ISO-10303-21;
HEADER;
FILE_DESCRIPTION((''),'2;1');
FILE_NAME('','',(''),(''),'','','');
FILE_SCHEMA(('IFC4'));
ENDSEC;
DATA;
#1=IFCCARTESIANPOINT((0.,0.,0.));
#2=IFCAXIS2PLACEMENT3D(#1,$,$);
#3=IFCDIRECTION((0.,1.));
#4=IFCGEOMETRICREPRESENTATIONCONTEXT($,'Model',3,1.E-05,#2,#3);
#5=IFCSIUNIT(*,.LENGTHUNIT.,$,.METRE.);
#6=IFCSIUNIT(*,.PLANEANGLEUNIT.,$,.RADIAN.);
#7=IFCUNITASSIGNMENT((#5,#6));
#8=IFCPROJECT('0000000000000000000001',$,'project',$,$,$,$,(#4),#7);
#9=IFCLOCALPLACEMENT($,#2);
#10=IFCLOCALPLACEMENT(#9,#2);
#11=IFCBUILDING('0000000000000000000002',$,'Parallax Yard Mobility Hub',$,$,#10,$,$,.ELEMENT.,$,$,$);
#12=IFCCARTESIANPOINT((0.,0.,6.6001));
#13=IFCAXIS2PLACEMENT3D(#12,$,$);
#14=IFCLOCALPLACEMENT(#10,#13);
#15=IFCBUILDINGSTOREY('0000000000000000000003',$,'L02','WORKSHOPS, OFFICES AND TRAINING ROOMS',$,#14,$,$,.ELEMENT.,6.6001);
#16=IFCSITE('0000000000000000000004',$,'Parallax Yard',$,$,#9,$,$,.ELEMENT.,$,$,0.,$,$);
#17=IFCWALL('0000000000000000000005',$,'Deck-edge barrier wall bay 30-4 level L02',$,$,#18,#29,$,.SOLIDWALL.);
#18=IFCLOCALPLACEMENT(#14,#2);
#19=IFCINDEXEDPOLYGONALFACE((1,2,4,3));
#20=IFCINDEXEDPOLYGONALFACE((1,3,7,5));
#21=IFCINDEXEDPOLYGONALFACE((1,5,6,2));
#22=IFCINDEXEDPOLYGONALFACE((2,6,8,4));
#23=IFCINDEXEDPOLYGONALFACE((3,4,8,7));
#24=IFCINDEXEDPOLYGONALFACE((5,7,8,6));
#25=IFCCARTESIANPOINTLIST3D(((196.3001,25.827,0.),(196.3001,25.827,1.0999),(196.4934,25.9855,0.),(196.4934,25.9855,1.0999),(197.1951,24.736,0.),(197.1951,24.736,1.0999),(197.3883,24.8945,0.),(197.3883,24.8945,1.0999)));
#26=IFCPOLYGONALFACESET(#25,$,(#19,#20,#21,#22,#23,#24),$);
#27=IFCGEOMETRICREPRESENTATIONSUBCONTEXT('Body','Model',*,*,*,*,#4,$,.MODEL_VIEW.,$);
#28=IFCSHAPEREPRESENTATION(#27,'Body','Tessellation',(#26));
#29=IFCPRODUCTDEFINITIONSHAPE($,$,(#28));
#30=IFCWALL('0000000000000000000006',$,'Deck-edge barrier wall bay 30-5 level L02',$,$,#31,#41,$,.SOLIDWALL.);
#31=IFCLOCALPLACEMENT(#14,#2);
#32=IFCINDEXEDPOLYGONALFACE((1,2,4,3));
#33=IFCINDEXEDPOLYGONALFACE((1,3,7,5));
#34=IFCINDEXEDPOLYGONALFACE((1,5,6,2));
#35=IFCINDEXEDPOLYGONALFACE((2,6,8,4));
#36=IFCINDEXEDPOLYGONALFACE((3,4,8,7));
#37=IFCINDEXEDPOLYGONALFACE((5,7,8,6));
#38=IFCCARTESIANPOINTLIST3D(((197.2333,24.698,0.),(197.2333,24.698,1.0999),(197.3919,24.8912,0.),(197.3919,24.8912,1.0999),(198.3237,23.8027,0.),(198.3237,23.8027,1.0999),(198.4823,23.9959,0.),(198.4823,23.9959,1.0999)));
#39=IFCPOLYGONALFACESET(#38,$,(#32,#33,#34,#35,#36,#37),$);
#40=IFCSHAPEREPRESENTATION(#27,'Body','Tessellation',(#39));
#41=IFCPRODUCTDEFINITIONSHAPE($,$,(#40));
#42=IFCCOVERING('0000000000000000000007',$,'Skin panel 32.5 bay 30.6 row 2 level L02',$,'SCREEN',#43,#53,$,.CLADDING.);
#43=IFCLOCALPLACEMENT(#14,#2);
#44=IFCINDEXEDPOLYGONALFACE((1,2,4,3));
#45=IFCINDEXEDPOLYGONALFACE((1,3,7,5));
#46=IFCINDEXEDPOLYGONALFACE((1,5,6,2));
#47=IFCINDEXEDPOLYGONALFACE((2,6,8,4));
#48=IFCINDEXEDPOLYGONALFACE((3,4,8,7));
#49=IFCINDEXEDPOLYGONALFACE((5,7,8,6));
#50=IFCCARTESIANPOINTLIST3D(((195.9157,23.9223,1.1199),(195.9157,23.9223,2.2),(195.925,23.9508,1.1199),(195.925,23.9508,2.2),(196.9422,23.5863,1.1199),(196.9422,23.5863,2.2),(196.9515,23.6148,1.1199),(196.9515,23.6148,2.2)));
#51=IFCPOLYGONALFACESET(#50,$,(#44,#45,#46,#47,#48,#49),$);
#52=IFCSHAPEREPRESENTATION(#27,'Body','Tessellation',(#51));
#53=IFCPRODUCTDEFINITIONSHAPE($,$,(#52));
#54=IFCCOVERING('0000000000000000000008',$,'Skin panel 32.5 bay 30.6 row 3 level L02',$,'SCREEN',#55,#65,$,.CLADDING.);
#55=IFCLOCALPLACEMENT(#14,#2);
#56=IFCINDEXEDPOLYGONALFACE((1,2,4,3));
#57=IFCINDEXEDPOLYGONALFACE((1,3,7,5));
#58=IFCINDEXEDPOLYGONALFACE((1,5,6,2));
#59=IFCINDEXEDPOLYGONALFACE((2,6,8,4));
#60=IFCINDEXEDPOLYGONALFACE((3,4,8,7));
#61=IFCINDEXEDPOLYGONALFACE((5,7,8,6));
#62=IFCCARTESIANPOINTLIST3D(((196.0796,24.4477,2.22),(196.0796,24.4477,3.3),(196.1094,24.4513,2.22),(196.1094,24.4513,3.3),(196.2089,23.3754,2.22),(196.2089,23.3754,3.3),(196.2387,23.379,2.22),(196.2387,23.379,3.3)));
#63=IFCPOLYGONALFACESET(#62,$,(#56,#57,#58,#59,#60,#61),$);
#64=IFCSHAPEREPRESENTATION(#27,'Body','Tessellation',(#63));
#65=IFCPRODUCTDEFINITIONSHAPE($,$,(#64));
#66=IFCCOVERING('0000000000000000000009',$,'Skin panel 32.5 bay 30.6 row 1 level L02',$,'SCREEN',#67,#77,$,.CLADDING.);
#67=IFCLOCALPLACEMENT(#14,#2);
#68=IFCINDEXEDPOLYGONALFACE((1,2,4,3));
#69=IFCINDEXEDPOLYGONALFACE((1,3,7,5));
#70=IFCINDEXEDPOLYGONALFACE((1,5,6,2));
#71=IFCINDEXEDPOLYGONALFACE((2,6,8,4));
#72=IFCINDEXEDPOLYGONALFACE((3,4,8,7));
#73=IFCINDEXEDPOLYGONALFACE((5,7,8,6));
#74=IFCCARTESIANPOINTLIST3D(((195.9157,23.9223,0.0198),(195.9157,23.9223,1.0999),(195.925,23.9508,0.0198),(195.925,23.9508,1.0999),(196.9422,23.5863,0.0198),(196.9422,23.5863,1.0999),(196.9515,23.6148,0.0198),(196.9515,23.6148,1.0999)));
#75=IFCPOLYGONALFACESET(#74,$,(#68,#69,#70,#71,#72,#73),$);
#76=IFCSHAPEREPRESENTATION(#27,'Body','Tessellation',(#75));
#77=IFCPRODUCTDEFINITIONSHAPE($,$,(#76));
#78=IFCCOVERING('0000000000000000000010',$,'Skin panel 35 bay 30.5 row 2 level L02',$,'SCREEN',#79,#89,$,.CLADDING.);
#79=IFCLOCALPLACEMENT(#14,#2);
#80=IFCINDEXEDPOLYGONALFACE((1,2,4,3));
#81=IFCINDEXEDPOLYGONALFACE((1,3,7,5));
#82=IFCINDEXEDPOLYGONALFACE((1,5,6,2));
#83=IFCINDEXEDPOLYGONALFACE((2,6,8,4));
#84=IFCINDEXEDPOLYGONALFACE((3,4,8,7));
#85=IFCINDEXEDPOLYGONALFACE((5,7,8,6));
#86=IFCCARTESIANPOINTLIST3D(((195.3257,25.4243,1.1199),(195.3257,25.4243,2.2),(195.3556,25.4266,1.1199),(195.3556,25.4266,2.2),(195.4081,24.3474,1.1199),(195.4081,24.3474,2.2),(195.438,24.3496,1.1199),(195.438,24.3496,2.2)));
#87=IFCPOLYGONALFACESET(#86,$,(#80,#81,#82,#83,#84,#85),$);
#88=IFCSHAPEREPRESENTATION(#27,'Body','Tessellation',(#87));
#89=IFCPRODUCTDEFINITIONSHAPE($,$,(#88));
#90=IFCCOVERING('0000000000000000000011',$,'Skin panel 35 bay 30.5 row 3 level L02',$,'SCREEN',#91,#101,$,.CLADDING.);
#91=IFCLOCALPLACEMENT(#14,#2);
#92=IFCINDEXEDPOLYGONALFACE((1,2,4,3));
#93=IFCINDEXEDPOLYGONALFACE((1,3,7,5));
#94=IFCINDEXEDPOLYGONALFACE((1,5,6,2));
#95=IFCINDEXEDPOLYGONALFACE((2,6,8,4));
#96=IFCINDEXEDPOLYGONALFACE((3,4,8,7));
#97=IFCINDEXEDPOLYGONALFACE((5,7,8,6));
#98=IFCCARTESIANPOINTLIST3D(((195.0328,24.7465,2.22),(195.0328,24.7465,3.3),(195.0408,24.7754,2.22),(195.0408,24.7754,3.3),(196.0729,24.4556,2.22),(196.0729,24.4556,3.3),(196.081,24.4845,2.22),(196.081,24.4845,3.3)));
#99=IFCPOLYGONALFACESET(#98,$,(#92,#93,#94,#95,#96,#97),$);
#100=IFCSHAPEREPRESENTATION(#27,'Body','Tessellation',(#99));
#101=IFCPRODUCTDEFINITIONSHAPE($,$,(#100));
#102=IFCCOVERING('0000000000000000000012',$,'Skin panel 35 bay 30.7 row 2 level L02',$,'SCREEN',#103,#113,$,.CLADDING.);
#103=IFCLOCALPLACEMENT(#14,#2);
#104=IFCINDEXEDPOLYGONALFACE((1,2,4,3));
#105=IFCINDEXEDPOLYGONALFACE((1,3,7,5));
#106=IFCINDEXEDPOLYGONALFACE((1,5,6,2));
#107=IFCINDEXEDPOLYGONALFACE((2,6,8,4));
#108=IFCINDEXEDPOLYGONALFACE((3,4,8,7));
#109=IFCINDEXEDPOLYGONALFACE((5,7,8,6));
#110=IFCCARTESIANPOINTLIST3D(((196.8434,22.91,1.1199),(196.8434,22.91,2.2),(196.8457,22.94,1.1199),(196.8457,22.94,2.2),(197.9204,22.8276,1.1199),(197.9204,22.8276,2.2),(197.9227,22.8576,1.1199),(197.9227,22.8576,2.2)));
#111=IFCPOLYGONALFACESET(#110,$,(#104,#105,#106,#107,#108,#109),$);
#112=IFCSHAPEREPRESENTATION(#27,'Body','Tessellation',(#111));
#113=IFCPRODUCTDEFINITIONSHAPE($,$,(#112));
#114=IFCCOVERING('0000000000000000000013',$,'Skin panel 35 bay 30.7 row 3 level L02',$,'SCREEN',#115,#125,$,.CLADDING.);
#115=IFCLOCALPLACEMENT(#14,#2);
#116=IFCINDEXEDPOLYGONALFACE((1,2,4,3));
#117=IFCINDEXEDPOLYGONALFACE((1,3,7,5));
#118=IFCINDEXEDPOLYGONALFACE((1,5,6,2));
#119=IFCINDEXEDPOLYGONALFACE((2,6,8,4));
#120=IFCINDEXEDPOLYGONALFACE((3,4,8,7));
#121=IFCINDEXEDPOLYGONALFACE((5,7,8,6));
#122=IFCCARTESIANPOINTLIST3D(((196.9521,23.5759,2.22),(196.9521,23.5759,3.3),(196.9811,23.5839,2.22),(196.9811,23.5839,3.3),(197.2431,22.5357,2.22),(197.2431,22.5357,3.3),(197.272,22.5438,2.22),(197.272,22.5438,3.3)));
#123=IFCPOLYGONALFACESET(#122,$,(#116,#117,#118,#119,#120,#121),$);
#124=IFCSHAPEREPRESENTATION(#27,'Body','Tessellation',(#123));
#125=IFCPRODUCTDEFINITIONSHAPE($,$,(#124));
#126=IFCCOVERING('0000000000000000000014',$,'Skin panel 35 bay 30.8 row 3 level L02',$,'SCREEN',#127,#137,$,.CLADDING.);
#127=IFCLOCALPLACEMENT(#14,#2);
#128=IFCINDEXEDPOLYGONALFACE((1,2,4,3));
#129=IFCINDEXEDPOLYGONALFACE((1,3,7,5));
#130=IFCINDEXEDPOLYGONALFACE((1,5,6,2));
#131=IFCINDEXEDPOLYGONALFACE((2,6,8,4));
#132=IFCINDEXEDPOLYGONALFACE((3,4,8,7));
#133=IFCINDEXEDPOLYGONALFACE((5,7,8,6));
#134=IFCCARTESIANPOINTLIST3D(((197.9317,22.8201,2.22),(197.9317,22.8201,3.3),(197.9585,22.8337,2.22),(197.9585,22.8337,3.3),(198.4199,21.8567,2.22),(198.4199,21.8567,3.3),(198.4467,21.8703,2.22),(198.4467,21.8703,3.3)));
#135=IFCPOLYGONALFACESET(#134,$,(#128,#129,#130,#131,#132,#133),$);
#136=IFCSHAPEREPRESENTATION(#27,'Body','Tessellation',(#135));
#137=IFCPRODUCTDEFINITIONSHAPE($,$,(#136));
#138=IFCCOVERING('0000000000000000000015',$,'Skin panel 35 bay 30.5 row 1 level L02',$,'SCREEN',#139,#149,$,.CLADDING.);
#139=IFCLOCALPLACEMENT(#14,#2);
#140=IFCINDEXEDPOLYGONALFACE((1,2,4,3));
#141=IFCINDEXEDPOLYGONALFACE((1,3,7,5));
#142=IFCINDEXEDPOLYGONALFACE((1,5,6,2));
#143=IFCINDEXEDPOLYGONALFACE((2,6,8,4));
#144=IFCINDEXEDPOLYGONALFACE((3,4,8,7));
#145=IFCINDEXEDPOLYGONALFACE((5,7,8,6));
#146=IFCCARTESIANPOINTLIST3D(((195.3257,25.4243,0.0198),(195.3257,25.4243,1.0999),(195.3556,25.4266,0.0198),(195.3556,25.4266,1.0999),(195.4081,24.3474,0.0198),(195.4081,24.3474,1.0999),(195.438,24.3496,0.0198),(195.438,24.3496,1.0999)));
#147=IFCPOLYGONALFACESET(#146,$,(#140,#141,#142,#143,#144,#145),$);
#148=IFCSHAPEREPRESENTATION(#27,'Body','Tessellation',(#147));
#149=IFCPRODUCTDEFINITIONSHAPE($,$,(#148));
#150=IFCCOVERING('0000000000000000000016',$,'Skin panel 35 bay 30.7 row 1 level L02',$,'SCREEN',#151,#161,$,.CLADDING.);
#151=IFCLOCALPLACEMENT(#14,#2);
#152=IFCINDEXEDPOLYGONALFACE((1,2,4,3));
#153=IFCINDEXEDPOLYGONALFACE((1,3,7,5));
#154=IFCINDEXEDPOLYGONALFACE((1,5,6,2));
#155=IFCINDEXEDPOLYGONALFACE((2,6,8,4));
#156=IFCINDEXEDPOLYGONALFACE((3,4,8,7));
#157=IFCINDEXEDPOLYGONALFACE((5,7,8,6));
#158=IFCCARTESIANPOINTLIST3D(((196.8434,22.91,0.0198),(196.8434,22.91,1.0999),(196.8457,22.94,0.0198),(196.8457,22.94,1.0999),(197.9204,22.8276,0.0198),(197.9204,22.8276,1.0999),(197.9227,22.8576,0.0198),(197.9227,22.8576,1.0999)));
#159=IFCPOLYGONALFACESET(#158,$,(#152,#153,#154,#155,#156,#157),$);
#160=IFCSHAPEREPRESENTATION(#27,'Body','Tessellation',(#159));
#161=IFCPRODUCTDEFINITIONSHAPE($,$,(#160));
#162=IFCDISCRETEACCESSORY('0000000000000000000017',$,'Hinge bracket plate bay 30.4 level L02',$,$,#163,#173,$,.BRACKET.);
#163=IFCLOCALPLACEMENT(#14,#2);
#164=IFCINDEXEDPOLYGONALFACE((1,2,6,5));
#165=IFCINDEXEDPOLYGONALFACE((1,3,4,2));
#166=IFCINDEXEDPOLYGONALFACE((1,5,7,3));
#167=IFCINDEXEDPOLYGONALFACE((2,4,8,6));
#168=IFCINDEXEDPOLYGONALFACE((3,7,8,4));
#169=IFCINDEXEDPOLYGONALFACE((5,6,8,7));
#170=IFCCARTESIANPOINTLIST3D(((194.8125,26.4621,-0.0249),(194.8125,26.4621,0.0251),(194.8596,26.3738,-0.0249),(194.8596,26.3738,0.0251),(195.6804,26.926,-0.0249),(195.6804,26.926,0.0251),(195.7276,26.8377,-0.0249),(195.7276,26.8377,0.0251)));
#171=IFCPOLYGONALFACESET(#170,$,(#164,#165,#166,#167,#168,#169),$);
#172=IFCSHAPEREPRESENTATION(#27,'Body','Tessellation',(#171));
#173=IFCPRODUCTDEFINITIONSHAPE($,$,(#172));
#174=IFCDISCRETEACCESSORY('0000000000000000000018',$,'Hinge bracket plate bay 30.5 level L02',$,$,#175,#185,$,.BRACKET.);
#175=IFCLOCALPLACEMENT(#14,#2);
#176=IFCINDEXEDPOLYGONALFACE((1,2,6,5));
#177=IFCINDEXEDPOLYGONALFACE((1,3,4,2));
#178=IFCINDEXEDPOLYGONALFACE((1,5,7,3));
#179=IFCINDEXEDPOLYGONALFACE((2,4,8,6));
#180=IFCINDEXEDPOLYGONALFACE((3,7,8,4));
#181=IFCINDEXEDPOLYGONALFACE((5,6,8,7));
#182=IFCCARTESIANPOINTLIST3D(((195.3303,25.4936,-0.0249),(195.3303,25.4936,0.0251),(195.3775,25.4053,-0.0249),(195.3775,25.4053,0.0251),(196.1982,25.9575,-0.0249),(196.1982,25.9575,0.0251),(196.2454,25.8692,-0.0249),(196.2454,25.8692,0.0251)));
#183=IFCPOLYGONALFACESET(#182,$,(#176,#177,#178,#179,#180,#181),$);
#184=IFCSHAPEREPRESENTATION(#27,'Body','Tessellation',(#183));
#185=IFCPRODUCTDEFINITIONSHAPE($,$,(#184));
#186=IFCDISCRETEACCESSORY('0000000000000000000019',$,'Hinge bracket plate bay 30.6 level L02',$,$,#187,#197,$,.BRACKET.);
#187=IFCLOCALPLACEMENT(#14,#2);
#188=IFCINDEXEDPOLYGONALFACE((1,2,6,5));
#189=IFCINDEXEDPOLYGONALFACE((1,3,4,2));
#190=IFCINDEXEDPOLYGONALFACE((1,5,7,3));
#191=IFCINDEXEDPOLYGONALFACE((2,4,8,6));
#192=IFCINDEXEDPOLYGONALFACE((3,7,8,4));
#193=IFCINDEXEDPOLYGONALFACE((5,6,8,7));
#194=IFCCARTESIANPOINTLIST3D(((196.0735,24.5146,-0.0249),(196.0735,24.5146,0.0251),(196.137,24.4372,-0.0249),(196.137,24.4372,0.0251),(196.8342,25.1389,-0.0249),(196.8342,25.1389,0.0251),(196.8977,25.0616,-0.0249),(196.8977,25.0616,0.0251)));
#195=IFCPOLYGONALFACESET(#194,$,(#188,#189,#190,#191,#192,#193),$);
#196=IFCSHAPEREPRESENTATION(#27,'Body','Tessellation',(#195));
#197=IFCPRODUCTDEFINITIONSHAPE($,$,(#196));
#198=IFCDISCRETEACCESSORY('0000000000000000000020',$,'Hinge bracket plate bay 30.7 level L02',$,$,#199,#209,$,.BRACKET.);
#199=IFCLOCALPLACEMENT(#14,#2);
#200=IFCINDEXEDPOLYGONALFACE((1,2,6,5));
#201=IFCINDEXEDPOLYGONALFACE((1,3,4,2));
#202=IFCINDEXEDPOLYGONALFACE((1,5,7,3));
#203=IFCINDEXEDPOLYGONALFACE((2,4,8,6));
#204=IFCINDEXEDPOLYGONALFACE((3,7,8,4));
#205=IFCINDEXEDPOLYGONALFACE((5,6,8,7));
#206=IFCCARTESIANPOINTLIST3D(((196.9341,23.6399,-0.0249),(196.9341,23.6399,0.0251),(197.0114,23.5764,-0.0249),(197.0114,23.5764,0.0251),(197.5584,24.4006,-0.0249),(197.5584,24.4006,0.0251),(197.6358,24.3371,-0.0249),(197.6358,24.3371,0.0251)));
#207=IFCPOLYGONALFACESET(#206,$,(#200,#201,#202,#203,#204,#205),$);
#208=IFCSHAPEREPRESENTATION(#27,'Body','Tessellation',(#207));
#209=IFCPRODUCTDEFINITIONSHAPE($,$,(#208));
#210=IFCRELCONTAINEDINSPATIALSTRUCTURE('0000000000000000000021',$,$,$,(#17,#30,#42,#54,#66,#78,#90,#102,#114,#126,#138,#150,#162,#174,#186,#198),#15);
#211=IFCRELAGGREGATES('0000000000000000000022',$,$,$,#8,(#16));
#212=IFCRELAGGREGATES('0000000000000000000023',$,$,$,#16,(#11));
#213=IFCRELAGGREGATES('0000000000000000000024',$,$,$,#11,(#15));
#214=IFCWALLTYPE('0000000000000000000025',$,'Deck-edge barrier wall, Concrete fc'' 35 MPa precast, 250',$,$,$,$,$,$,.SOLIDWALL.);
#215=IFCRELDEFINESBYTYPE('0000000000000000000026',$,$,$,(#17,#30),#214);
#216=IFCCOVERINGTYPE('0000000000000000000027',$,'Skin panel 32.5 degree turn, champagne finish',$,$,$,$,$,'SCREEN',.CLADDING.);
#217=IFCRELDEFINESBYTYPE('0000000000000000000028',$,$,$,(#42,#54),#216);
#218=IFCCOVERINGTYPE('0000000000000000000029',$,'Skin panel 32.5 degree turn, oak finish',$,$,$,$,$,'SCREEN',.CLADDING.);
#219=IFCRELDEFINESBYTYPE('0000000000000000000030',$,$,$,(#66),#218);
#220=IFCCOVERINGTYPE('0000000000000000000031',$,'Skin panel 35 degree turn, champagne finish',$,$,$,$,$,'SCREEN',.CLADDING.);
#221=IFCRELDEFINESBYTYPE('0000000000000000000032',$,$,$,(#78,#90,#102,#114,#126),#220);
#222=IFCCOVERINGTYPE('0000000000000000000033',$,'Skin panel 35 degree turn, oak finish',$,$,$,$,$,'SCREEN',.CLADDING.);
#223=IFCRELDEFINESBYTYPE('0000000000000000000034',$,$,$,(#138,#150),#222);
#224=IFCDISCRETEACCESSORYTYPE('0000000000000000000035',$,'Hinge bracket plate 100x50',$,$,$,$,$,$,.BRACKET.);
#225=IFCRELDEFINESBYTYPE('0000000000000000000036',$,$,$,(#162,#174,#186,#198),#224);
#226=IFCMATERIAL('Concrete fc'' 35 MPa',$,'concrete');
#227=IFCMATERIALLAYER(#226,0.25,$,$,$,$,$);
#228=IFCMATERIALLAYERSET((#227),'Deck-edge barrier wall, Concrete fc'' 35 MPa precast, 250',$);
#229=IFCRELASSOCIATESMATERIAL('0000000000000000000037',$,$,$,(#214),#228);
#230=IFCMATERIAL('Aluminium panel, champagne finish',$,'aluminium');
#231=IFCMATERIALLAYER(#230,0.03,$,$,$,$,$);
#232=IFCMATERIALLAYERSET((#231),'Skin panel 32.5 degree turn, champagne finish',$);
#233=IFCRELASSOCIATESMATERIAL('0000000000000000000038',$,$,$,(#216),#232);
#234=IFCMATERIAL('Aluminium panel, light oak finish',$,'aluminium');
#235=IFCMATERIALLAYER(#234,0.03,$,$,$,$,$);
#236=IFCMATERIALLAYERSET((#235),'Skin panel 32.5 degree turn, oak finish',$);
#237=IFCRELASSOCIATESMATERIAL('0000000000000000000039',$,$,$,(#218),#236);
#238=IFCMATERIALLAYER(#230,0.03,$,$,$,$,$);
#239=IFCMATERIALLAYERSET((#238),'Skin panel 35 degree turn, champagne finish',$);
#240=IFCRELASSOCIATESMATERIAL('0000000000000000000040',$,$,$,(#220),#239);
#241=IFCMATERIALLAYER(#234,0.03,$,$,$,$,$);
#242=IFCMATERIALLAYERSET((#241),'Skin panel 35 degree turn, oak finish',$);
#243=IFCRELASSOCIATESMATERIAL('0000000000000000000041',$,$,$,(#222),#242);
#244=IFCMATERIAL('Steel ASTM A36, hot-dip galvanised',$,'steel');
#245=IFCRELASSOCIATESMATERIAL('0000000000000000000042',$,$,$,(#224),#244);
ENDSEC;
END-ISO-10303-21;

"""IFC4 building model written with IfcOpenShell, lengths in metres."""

from ifc_helpers import new_model, si_unit, direction, frame, frame_2d, origin, origin_2d, place, context, subcontext, project, spatial, rectangle, extrude, material, layer, layer_set, type_object, element, save


model = new_model("IFC4")

# Units and contexts
model_context = context("Model", 3, precision=1e-05, world=origin(), true_north=direction((0.0, 1.0)))
body_context = subcontext(model_context, "Body", "Model", "MODEL_VIEW")
ifc_project = project(units=[si_unit("LENGTHUNIT", "METRE"), si_unit("PLANEANGLEUNIT", "RADIAN")], contexts=[model_context])

# Site, building, storey
site_placement = place(None, origin())
site = spatial("IfcSite", under=ifc_project, at=site_placement, Name="Parallax Yard", CompositionType="ELEMENT", RefElevation=0.0)
building_placement = place(site_placement, origin())
building = spatial("IfcBuilding", under=site, at=building_placement, Name="Parallax Yard Mobility Hub", CompositionType="ELEMENT")
storey_placement = place(building_placement, frame((0.0, 0.0, 6.6001)))
storey = spatial("IfcBuildingStorey", under=building, at=storey_placement, Name="L02", Description="WORKSHOPS, OFFICES AND TRAINING ROOMS", CompositionType="ELEMENT", Elevation=6.6001)

# Walls
ifc_material_1 = material(Name="Concrete fc' 35 MPa", Category="concrete")
ifc_layer_1 = layer(ifc_material_1, 0.25)
ifc_layer_set_1 = layer_set([ifc_layer_1], Name="Deck-edge barrier wall, Concrete fc' 35 MPa precast, 250")
wall_type = type_object("IfcWallType", Name="Deck-edge barrier wall, Concrete fc' 35 MPa precast, 250", PredefinedType="SOLIDWALL", material=ifc_layer_set_1)
wall_1_placement = place(storey_placement, frame((196.3967, 25.9062, 0.0), z_axis=(0.0, 0.0, 1.0), x_axis=(0.634226, -0.773147, 0.0)))
element("IfcWall", 1, at=wall_1_placement, inside=storey, type_object=wall_type, Name="Deck-edge barrier wall bay 30-4 level L02", PredefinedType="SOLIDWALL", context=body_context, shape_type="SweptSolid", body=[
    extrude(rectangle(XDim=1.4111, YDim=0.25, at=frame_2d((0.7056, 0.0))), origin(), (0.0, 0.0, 1.0), 1.0999),
])
wall_2_placement = place(storey_placement, frame((197.3125, 24.7947, 0.0), z_axis=(0.0, 0.0, 1.0), x_axis=(0.772854, -0.634584, 0.0)))
element("IfcWall", 2, at=wall_2_placement, inside=storey, type_object=wall_type, Name="Deck-edge barrier wall bay 30-5 level L02", PredefinedType="SOLIDWALL", context=body_context, shape_type="SweptSolid", body=[
    extrude(rectangle(XDim=1.4109, YDim=0.25, at=frame_2d((0.7056, 0.0))), origin(), (0.0, 0.0, 1.0), 1.0999),
])

# Coverings
ifc_material_2 = material(Name="Aluminium panel, champagne finish", Category="aluminium")
ifc_layer_2 = layer(ifc_material_2, 0.03)
ifc_layer_set_2 = layer_set([ifc_layer_2], Name="Skin panel 32.5 degree turn, champagne finish")
covering_type_1 = type_object("IfcCoveringType", Name="Skin panel 32.5 degree turn, champagne finish", ElementType="SCREEN", PredefinedType="CLADDING", material=ifc_layer_set_2)
for number, where, z_axis, x_axis, name in (
    (3, (196.4336, 23.7686, 1.1199), (0.0, 0.0, 1.0), (-0.95038, 0.311091, 0.0), "Skin panel 32.5 bay 30.6 row 2 level L02"),
    (4, (196.1592, 23.9133, 2.22), (0.0, 0.0, 1.0), (0.119704, -0.99281, 0.0), "Skin panel 32.5 bay 30.6 row 3 level L02"),
):
    element("IfcCovering", number, at=place(storey_placement, frame(where, z_axis=z_axis, x_axis=x_axis)), inside=storey, type_object=covering_type_1, Name=name, ObjectType="SCREEN", PredefinedType="CLADDING", context=body_context, shape_type="SweptSolid", body=[
        extrude(rectangle(XDim=1.0801, YDim=0.03, at=origin_2d()), origin(), (0.0, 0.0, 1.0), 1.0801),
    ])
ifc_material_3 = material(Name="Aluminium panel, light oak finish", Category="aluminium")
ifc_layer_3 = layer(ifc_material_3, 0.03)
ifc_layer_set_3 = layer_set([ifc_layer_3], Name="Skin panel 32.5 degree turn, oak finish")
covering_type_2 = type_object("IfcCoveringType", Name="Skin panel 32.5 degree turn, oak finish", ElementType="SCREEN", PredefinedType="CLADDING", material=ifc_layer_set_3)
covering_placement = place(storey_placement, frame((196.4336, 23.7686, 0.0198), z_axis=(0.0, 0.0, 1.0), x_axis=(-0.95038, 0.311091, 0.0)))
element("IfcCovering", 5, at=covering_placement, inside=storey, type_object=covering_type_2, Name="Skin panel 32.5 bay 30.6 row 1 level L02", ObjectType="SCREEN", PredefinedType="CLADDING", context=body_context, shape_type="SweptSolid", body=[
    extrude(rectangle(XDim=1.0801, YDim=0.03, at=origin_2d()), origin(), (0.0, 0.0, 1.0), 1.0801),
])
ifc_layer_4 = layer(ifc_material_2, 0.03)
ifc_layer_set_4 = layer_set([ifc_layer_4], Name="Skin panel 35 degree turn, champagne finish")
covering_type_3 = type_object("IfcCoveringType", Name="Skin panel 35 degree turn, champagne finish", ElementType="SCREEN", PredefinedType="CLADDING", material=ifc_layer_set_4)
for number, where, z_axis, x_axis, name in (
    (6, (195.3818, 24.887, 1.1199), (0.0, 0.0, 1.0), (0.076284, -0.997086, 0.0), "Skin panel 35 bay 30.5 row 2 level L02"),
    (7, (195.5569, 24.6155, 2.22), (0.0, 0.0, 1.0), (-0.963045, 0.26934, 0.0), "Skin panel 35 bay 30.5 row 3 level L02"),
    (8, (197.3831, 22.8838, 1.1199), (0.0, 0.0, 1.0), (-0.997086, 0.076284, 0.0), "Skin panel 35 bay 30.7 row 2 level L02"),
    (9, (197.1121, 23.0598, 2.22), (0.0, 0.0, 1.0), (0.26934, -0.963045, 0.0), "Skin panel 35 bay 30.7 row 3 level L02"),
    (10, (198.1892, 22.3452, 2.22), (0.0, 0.0, 1.0), (0.452046, -0.891995, 0.0), "Skin panel 35 bay 30.8 row 3 level L02"),
):
    element("IfcCovering", number, at=place(storey_placement, frame(where, z_axis=z_axis, x_axis=x_axis)), inside=storey, type_object=covering_type_3, Name=name, ObjectType="SCREEN", PredefinedType="CLADDING", context=body_context, shape_type="SweptSolid", body=[
        extrude(rectangle(XDim=1.0801, YDim=0.03, at=origin_2d()), origin(), (0.0, 0.0, 1.0), 1.0801),
    ])
ifc_layer_5 = layer(ifc_material_3, 0.03)
ifc_layer_set_5 = layer_set([ifc_layer_5], Name="Skin panel 35 degree turn, oak finish")
covering_type_4 = type_object("IfcCoveringType", Name="Skin panel 35 degree turn, oak finish", ElementType="SCREEN", PredefinedType="CLADDING", material=ifc_layer_set_5)
for number, where, z_axis, x_axis, name in (
    (11, (195.3818, 24.887, 0.0198), (0.0, 0.0, 1.0), (0.076284, -0.997086, 0.0), "Skin panel 35 bay 30.5 row 1 level L02"),
    (12, (197.3831, 22.8838, 0.0198), (0.0, 0.0, 1.0), (-0.997086, 0.076284, 0.0), "Skin panel 35 bay 30.7 row 1 level L02"),
):
    element("IfcCovering", number, at=place(storey_placement, frame(where, z_axis=z_axis, x_axis=x_axis)), inside=storey, type_object=covering_type_4, Name=name, ObjectType="SCREEN", PredefinedType="CLADDING", context=body_context, shape_type="SweptSolid", body=[
        extrude(rectangle(XDim=1.0801, YDim=0.03, at=origin_2d()), origin(), (0.0, 0.0, 1.0), 1.0801),
    ])

# Discrete accessories
ifc_material_4 = material(Name="Steel ASTM A36, hot-dip galvanised", Category="steel")
discrete_accessory_type_1 = type_object("IfcDiscreteAccessoryType", Name="Hinge bracket plate 100x50", PredefinedType="BRACKET", material=ifc_material_4)
for number, where, z_axis, x_axis, name in (
    (13, (195.27, 26.6499, -0.0249), (0.0, 0.0, 1.0), (-0.881921, -0.471397, 0.0), "Hinge bracket plate bay 30.4 level L02"),
    (14, (195.7878, 25.6814, -0.0249), (0.0, 0.0, 1.0), (-0.881921, -0.471397, 0.0), "Hinge bracket plate bay 30.5 level L02"),
    (15, (196.4856, 24.7881, -0.0249), (0.0, 0.0, 1.0), (-0.77301, -0.634393, 0.0), "Hinge bracket plate bay 30.6 level L02"),
    (16, (197.2849, 23.9885, -0.0249), (0.0, 0.0, 1.0), (-0.634393, -0.77301, 0.0), "Hinge bracket plate bay 30.7 level L02"),
):
    element("IfcDiscreteAccessory", number, at=place(storey_placement, frame(where, z_axis=z_axis, x_axis=x_axis)), inside=storey, type_object=discrete_accessory_type_1, Name=name, PredefinedType="BRACKET", context=body_context, shape_type="SweptSolid", body=[
        extrude(rectangle(XDim=0.9841, YDim=0.1001, at=origin_2d()), origin(), (0.0, 0.0, 1.0), 0.05),
    ])

save(model, "model.ifc")
